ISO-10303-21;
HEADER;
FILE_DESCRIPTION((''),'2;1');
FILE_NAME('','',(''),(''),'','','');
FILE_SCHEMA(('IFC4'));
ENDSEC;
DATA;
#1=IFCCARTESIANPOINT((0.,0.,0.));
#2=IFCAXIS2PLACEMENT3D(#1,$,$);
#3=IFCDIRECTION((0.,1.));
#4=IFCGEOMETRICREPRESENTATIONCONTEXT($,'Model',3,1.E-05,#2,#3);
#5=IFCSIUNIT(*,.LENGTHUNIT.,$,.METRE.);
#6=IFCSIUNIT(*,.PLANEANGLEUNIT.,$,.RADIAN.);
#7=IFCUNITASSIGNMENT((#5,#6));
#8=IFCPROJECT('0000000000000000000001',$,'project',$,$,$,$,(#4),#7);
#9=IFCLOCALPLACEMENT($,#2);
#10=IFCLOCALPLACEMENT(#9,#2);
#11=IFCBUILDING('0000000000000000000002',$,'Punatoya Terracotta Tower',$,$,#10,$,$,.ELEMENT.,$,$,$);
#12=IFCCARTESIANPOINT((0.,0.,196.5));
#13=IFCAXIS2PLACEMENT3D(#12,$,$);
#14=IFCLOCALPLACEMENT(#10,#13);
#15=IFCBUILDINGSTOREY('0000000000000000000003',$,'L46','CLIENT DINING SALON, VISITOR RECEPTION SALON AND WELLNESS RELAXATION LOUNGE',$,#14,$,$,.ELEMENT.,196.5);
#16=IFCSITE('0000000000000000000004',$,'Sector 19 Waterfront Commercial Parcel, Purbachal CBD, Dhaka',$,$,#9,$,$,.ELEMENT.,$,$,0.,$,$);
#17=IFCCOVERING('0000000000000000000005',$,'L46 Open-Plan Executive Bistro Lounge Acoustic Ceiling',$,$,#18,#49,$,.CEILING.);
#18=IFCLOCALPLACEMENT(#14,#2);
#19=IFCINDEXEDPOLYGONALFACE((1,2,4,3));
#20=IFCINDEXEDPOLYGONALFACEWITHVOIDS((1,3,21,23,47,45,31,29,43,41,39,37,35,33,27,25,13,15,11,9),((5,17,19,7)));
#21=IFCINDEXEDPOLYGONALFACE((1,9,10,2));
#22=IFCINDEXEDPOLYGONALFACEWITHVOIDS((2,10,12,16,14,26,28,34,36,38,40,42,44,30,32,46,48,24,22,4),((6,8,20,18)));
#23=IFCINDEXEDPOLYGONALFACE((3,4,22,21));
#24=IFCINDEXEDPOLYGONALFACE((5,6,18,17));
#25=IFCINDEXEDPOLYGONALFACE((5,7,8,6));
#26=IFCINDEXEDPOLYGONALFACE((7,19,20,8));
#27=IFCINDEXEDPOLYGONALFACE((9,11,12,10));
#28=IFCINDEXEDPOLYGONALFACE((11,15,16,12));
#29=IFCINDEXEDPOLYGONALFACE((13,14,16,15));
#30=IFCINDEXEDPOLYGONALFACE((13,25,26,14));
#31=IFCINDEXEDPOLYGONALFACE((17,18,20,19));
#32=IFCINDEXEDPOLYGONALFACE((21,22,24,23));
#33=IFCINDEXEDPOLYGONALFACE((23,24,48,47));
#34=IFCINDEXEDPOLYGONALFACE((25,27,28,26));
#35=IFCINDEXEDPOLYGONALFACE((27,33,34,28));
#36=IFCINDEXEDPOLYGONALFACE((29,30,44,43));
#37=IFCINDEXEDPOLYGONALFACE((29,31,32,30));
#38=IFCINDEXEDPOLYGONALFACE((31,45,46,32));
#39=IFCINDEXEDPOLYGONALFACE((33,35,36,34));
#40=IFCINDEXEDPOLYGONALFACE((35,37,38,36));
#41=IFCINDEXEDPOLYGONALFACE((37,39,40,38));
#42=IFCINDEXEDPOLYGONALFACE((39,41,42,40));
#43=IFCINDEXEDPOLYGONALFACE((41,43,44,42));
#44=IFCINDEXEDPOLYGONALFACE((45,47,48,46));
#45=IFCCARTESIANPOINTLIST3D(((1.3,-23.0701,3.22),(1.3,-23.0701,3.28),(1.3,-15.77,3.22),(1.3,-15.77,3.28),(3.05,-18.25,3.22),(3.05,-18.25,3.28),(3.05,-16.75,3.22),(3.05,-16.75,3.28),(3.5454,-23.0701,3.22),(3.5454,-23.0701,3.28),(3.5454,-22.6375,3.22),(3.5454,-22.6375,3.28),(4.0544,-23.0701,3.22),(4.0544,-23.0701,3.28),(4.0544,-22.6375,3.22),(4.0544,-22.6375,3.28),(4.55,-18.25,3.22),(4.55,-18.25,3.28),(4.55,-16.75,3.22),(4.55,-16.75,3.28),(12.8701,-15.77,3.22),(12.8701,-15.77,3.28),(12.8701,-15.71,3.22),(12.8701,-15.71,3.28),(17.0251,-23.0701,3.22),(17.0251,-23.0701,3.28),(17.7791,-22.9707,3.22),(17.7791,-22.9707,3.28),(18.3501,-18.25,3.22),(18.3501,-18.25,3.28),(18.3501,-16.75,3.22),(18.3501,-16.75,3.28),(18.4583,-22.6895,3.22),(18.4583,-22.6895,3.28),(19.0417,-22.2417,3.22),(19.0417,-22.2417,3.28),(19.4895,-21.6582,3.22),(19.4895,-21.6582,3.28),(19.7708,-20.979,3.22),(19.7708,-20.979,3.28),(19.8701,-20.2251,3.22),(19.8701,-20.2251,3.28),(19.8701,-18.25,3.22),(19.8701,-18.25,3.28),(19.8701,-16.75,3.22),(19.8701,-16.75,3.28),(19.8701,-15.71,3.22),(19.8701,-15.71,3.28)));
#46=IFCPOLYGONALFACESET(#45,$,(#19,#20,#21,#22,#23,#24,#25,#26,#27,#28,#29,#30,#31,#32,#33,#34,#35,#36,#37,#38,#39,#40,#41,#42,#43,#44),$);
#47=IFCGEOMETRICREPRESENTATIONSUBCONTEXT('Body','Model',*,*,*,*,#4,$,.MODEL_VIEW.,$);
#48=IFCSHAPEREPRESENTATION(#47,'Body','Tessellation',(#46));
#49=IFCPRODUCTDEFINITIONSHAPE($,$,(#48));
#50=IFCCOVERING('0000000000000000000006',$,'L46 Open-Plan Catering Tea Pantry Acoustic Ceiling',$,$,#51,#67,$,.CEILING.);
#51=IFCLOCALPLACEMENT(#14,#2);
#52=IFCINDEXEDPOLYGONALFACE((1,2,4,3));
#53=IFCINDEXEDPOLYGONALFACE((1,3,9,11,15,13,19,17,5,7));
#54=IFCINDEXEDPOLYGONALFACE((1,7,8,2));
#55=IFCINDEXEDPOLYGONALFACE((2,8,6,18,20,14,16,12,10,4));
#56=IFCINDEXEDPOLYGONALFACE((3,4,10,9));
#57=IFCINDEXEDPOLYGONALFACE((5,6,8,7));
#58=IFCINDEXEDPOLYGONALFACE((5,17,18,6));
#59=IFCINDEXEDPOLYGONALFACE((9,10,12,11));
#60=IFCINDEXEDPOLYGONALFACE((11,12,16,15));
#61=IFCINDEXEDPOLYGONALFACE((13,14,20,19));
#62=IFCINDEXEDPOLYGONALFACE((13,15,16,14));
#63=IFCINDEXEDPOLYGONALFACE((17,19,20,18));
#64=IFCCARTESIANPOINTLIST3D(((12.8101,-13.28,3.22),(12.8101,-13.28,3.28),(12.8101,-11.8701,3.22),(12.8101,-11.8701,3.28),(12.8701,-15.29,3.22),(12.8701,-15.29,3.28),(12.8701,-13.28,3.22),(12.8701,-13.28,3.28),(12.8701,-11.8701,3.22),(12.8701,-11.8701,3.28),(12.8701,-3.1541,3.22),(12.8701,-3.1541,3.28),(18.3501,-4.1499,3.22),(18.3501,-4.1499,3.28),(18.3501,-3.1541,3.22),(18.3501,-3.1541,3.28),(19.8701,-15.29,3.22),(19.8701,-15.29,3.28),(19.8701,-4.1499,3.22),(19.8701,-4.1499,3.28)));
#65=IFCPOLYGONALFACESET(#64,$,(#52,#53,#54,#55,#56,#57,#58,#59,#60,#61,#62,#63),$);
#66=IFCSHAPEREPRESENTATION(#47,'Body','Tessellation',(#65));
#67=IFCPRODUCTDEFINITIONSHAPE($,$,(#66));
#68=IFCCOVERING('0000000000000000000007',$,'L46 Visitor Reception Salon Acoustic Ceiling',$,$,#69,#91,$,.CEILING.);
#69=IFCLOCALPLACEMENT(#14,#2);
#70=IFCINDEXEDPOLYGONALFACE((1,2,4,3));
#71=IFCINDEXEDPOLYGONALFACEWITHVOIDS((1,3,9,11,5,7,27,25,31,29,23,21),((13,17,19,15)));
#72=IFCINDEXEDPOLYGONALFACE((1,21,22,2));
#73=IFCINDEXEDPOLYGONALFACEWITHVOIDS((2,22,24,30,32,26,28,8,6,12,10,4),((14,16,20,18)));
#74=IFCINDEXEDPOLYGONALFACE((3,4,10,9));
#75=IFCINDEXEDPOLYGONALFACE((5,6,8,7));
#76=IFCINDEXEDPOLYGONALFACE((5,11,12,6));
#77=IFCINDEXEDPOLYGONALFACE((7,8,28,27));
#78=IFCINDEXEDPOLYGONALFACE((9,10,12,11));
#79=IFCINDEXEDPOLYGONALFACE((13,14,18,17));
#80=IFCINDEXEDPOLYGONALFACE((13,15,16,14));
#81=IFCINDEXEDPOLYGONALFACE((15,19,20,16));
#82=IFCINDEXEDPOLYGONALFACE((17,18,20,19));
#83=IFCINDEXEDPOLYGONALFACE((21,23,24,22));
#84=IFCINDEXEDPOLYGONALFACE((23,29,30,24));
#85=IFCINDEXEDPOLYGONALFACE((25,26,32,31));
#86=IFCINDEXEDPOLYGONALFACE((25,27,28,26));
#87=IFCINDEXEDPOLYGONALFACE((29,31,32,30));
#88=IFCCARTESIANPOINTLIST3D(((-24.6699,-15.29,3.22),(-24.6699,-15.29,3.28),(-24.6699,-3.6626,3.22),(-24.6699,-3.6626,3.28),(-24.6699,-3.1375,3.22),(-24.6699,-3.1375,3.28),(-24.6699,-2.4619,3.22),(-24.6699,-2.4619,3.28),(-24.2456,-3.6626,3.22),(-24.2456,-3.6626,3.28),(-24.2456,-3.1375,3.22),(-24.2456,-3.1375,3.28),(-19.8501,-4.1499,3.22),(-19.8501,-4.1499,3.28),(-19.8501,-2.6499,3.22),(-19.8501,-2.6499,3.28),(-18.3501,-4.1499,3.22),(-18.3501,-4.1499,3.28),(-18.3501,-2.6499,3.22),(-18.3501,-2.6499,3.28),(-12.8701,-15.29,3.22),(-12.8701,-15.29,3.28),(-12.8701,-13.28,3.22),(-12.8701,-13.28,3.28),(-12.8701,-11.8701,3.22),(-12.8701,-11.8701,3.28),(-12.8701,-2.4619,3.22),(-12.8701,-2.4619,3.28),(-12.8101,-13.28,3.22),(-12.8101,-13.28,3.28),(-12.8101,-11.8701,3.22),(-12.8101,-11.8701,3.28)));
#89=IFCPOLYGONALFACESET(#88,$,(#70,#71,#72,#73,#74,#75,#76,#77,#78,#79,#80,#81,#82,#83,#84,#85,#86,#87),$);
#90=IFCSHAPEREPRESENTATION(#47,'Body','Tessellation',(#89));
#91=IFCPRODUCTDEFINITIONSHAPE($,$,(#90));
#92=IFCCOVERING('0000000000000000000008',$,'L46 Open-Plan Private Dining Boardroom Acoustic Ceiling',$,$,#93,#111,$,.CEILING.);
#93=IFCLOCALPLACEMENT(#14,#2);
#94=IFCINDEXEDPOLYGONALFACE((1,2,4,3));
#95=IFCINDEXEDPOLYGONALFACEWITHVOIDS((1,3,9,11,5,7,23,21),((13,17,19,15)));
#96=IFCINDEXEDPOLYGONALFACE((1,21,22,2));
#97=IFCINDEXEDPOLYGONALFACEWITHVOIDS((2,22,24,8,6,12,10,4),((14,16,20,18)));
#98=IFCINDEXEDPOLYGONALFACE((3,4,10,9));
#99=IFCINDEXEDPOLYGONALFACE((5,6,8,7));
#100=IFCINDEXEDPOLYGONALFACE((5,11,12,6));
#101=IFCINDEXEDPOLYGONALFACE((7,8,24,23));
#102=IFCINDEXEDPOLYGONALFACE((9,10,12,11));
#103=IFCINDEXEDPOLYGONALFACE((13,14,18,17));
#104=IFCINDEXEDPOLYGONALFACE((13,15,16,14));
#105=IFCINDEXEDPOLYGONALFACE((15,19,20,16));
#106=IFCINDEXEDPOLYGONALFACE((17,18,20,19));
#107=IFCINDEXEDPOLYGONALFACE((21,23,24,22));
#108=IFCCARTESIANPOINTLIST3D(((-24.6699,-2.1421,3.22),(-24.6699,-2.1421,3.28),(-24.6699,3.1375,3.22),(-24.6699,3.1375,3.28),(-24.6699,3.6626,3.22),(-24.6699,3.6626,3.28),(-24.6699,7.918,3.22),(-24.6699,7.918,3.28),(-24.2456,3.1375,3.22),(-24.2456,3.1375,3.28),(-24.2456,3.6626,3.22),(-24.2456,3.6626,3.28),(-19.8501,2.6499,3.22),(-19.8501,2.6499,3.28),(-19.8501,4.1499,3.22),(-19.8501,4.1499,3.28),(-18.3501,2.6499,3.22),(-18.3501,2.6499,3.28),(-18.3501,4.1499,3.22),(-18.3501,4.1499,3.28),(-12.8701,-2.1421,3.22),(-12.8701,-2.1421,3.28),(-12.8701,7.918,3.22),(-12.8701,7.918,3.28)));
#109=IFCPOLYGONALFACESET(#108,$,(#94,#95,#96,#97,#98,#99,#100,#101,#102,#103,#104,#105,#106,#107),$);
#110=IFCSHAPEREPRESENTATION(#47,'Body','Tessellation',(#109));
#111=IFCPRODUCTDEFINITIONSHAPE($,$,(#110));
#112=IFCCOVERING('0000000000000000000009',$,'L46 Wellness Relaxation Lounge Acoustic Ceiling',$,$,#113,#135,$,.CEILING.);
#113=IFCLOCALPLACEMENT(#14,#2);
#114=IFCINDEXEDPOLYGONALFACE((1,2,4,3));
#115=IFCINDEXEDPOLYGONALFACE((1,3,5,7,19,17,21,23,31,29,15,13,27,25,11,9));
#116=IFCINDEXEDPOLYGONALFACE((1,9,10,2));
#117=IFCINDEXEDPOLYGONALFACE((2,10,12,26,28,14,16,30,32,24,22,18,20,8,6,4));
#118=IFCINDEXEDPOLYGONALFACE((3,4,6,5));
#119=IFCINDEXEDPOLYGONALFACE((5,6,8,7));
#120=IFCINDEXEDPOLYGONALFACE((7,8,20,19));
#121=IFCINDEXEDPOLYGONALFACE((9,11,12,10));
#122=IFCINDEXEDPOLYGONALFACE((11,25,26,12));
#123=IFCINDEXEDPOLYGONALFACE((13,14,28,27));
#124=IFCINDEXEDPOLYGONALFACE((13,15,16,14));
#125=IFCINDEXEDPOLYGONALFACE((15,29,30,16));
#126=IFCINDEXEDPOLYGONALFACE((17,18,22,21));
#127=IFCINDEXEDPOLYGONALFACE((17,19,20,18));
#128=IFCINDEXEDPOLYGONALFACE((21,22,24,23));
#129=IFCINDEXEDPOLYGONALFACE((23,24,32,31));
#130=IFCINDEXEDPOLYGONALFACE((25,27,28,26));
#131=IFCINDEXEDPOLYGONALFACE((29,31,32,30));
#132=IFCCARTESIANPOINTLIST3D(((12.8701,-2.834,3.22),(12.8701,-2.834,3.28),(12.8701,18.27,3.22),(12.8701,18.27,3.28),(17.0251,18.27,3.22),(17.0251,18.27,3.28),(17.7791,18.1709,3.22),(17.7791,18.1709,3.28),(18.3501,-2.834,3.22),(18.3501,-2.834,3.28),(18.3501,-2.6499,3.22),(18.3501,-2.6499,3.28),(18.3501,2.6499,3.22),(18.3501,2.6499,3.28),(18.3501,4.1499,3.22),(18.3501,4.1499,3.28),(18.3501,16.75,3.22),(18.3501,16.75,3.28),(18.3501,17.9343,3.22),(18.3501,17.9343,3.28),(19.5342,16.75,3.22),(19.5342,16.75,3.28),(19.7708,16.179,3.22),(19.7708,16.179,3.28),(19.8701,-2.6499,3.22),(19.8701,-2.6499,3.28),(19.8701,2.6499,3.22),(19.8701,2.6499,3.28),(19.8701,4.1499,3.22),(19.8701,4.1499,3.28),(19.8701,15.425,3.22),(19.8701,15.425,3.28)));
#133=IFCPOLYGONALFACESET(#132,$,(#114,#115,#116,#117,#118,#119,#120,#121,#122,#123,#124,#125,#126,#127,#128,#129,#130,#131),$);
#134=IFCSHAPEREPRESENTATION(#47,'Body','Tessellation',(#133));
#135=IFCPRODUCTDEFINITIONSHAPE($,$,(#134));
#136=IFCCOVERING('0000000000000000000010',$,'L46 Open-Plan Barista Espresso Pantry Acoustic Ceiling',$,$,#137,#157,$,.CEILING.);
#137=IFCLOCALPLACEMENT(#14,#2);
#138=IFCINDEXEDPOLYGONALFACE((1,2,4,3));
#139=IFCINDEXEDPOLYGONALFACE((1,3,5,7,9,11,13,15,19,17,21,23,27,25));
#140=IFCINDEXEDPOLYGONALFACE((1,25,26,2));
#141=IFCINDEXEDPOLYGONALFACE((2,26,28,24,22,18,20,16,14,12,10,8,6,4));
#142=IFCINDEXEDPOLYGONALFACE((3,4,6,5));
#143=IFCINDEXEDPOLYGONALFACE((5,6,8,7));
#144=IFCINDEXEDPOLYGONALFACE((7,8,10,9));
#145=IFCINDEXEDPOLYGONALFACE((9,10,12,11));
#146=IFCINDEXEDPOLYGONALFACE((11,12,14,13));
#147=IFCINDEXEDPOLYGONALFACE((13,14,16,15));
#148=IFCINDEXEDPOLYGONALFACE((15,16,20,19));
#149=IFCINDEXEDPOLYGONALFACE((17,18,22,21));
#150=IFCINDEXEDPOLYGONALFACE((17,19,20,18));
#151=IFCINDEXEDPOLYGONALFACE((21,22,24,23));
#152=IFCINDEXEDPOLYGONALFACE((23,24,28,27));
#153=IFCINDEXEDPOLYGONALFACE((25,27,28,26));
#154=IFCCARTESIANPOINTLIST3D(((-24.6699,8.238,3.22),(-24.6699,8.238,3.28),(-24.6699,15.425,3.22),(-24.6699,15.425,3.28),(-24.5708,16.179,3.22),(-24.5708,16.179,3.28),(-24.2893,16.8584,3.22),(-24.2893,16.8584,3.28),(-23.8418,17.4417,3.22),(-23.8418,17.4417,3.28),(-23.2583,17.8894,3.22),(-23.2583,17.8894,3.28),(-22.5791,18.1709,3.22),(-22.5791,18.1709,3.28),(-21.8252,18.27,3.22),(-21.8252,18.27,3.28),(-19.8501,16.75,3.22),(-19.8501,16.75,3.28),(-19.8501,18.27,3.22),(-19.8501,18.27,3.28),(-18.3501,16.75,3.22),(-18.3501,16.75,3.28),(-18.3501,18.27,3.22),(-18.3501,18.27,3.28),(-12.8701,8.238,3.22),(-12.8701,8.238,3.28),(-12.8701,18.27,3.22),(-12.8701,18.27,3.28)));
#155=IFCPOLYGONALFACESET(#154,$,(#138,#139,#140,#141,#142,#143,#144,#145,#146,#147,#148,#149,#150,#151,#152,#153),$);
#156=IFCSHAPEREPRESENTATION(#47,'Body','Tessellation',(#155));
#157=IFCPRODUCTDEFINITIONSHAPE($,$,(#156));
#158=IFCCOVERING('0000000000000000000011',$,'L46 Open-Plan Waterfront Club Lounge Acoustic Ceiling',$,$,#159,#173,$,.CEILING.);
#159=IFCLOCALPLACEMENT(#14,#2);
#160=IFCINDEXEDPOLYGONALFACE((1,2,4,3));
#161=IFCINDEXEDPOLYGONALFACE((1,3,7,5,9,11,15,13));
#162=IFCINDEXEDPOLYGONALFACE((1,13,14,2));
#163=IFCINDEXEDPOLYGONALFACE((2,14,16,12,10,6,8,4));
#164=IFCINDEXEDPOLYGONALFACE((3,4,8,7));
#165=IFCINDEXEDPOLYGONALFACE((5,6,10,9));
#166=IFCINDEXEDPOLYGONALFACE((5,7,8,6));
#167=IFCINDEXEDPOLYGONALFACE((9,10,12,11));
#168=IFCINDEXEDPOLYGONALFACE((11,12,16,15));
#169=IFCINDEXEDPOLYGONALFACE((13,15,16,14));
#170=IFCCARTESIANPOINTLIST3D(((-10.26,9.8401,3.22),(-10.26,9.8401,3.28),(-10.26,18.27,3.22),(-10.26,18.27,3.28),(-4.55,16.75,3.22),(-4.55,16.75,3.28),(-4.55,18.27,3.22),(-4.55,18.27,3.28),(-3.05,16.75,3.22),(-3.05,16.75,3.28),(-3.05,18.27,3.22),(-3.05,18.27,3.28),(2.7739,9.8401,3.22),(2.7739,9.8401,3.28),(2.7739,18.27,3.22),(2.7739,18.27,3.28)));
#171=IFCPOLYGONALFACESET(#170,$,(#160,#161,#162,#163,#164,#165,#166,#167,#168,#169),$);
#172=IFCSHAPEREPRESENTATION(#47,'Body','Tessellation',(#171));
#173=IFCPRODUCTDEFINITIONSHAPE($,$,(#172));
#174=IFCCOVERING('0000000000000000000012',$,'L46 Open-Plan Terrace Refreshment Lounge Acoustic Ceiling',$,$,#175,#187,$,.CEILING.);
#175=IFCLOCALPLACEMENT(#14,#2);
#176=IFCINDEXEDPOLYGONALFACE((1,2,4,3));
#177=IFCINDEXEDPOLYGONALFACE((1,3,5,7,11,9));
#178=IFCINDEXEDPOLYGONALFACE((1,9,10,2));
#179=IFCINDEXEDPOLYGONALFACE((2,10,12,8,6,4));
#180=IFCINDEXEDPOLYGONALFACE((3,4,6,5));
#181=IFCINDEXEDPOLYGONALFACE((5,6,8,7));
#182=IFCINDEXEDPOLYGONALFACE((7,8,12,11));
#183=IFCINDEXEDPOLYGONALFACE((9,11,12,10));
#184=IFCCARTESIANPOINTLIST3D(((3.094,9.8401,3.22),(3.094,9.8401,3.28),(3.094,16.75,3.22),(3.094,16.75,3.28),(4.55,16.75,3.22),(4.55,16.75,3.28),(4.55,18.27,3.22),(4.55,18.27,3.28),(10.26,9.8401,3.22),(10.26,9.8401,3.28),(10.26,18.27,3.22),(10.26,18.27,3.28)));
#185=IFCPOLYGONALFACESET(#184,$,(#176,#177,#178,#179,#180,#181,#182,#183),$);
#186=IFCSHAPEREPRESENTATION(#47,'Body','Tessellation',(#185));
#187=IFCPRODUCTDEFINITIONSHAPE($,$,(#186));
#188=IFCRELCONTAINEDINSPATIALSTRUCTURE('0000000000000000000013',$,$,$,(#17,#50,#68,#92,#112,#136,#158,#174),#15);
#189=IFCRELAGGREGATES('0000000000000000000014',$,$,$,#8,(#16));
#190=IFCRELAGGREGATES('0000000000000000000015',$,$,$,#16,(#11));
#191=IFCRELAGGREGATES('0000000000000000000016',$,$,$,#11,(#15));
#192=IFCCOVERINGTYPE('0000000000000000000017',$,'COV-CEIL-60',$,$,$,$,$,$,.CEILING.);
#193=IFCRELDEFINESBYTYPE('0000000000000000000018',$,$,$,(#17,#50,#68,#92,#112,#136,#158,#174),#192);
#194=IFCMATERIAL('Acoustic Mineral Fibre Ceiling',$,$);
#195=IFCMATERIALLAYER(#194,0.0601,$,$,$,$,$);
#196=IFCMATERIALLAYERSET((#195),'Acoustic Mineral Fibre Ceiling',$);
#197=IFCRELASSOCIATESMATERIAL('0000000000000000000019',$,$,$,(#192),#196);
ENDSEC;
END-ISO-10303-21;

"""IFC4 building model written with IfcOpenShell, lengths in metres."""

from ifc_helpers import new_model, si_unit, direction, frame, origin, place, context, subcontext, project, spatial, polyline, outline, extrude, material, layer, layer_set, type_object, element, save


model = new_model("IFC4")

# Units and contexts
model_context = context("Model", 3, precision=1e-05, world=origin(), true_north=direction((0.0, 1.0)))
body_context = subcontext(model_context, "Body", "Model", "MODEL_VIEW")
ifc_project = project(units=[si_unit("LENGTHUNIT", "METRE"), si_unit("PLANEANGLEUNIT", "RADIAN")], contexts=[model_context])

# Site, building, storey
site_placement = place(None, origin())
site = spatial("IfcSite", under=ifc_project, at=site_placement, Name="Sector 19 Waterfront Commercial Parcel, Purbachal CBD, Dhaka", CompositionType="ELEMENT", RefElevation=0.0)
building_placement = place(site_placement, origin())
building = spatial("IfcBuilding", under=site, at=building_placement, Name="Punatoya Terracotta Tower", CompositionType="ELEMENT")
storey_placement = place(building_placement, frame((0.0, 0.0, 196.5)))
storey = spatial("IfcBuildingStorey", under=building, at=storey_placement, Name="L46", Description="CLIENT DINING SALON, VISITOR RECEPTION SALON AND WELLNESS RELAXATION LOUNGE", CompositionType="ELEMENT", Elevation=196.5)

# Coverings
ifc_material_1 = material(Name="Acoustic Mineral Fibre Ceiling")
ifc_layer_1 = layer(ifc_material_1, 0.0601)
ifc_layer_set_1 = layer_set([ifc_layer_1], Name="Acoustic Mineral Fibre Ceiling")
covering_type = type_object("IfcCoveringType", Name="COV-CEIL-60", PredefinedType="CEILING", material=ifc_layer_set_1)
covering_1_placement = place(storey_placement, frame((0.0, 0.0, 3.22)))
element("IfcCovering", 1, at=covering_1_placement, inside=storey, type_object=covering_type, Name="L46 Open-Plan Executive Bistro Lounge Acoustic Ceiling", PredefinedType="CEILING", context=body_context, shape_type="SweptSolid", body=[
    extrude(outline(polyline([(12.8701, -15.77), (1.3, -15.77), (1.3, -23.0701), (3.5454, -23.0701), (3.5454, -22.6375), (4.0544, -22.6375), (4.0544, -23.0701), (17.0251, -23.0701), (17.7791, -22.9707), (18.4583, -22.6895), (19.0417, -22.2417), (19.4895, -21.6582), (19.7708, -20.979), (19.8701, -20.2251), (19.8701, -18.25), (18.3501, -18.25), (18.3501, -16.75), (19.8701, -16.75), (19.8701, -15.71), (12.8701, -15.71), (12.8701, -15.77)]), holes=[polyline([(4.55, -16.75), (4.55, -18.25), (3.05, -18.25), (3.05, -16.75), (4.55, -16.75)])]), origin(), (0.0, 0.0, 1.0), 0.0601),
])
covering_2_placement = place(storey_placement, frame((0.0, 0.0, 3.22)))
element("IfcCovering", 2, at=covering_2_placement, inside=storey, type_object=covering_type, Name="L46 Open-Plan Catering Tea Pantry Acoustic Ceiling", PredefinedType="CEILING", context=body_context, shape_type="SweptSolid", body=[
    extrude(outline(polyline([(12.8101, -13.28), (12.8701, -13.28), (12.8701, -15.29), (19.8701, -15.29), (19.8701, -4.1499), (18.3501, -4.1499), (18.3501, -3.1541), (12.8701, -3.1541), (12.8701, -11.8701), (12.8101, -11.8701), (12.8101, -13.28)])), origin(), (0.0, 0.0, 1.0), 0.0601),
])
covering_3_placement = place(storey_placement, frame((0.0, 0.0, 3.22)))
element("IfcCovering", 3, at=covering_3_placement, inside=storey, type_object=covering_type, Name="L46 Visitor Reception Salon Acoustic Ceiling", PredefinedType="CEILING", context=body_context, shape_type="SweptSolid", body=[
    extrude(outline(polyline([(-12.8701, -13.28), (-12.8101, -13.28), (-12.8101, -11.8701), (-12.8701, -11.8701), (-12.8701, -2.4619), (-24.6699, -2.4619), (-24.6699, -3.1375), (-24.2456, -3.1375), (-24.2456, -3.6626), (-24.6699, -3.6626), (-24.6699, -15.29), (-12.8701, -15.29), (-12.8701, -13.28)]), holes=[polyline([(-18.3501, -4.1499), (-19.8501, -4.1499), (-19.8501, -2.6499), (-18.3501, -2.6499), (-18.3501, -4.1499)])]), origin(), (0.0, 0.0, 1.0), 0.0601),
])
covering_4_placement = place(storey_placement, frame((0.0, 0.0, 3.22)))
element("IfcCovering", 4, at=covering_4_placement, inside=storey, type_object=covering_type, Name="L46 Open-Plan Private Dining Boardroom Acoustic Ceiling", PredefinedType="CEILING", context=body_context, shape_type="SweptSolid", body=[
    extrude(outline(polyline([(-24.6699, 3.1375), (-24.6699, -2.1421), (-12.8701, -2.1421), (-12.8701, 7.918), (-24.6699, 7.918), (-24.6699, 3.6626), (-24.2456, 3.6626), (-24.2456, 3.1375), (-24.6699, 3.1375)]), holes=[polyline([(-18.3501, 4.1499), (-18.3501, 2.6499), (-19.8501, 2.6499), (-19.8501, 4.1499), (-18.3501, 4.1499)])]), origin(), (0.0, 0.0, 1.0), 0.0601),
])
covering_5_placement = place(storey_placement, frame((0.0, 0.0, 3.22)))
element("IfcCovering", 5, at=covering_5_placement, inside=storey, type_object=covering_type, Name="L46 Wellness Relaxation Lounge Acoustic Ceiling", PredefinedType="CEILING", context=body_context, shape_type="SweptSolid", body=[
    extrude(outline(polyline([(18.3501, 4.1499), (19.8701, 4.1499), (19.8701, 15.425), (19.7708, 16.179), (19.5342, 16.75), (18.3501, 16.75), (18.3501, 17.9343), (17.7791, 18.1709), (17.0251, 18.27), (12.8701, 18.27), (12.8701, -2.834), (18.3501, -2.834), (18.3501, -2.6499), (19.8701, -2.6499), (19.8701, 2.6499), (18.3501, 2.6499), (18.3501, 4.1499)])), origin(), (0.0, 0.0, 1.0), 0.0601),
])
covering_6_placement = place(storey_placement, frame((0.0, 0.0, 3.22)))
element("IfcCovering", 6, at=covering_6_placement, inside=storey, type_object=covering_type, Name="L46 Open-Plan Barista Espresso Pantry Acoustic Ceiling", PredefinedType="CEILING", context=body_context, shape_type="SweptSolid", body=[
    extrude(outline(polyline([(-24.6699, 15.425), (-24.6699, 8.238), (-12.8701, 8.238), (-12.8701, 18.27), (-18.3501, 18.27), (-18.3501, 16.75), (-19.8501, 16.75), (-19.8501, 18.27), (-21.8252, 18.27), (-22.5791, 18.1709), (-23.2583, 17.8894), (-23.8418, 17.4417), (-24.2893, 16.8584), (-24.5708, 16.179), (-24.6699, 15.425)])), origin(), (0.0, 0.0, 1.0), 0.0601),
])
covering_7_placement = place(storey_placement, frame((0.0, 0.0, 3.22)))
element("IfcCovering", 7, at=covering_7_placement, inside=storey, type_object=covering_type, Name="L46 Open-Plan Waterfront Club Lounge Acoustic Ceiling", PredefinedType="CEILING", context=body_context, shape_type="SweptSolid", body=[
    extrude(outline(polyline([(-10.26, 18.27), (-10.26, 9.8401), (2.7739, 9.8401), (2.7739, 18.27), (-3.05, 18.27), (-3.05, 16.75), (-4.55, 16.75), (-4.55, 18.27), (-10.26, 18.27)])), origin(), (0.0, 0.0, 1.0), 0.0601),
])
covering_8_placement = place(storey_placement, frame((0.0, 0.0, 3.22)))
element("IfcCovering", 8, at=covering_8_placement, inside=storey, type_object=covering_type, Name="L46 Open-Plan Terrace Refreshment Lounge Acoustic Ceiling", PredefinedType="CEILING", context=body_context, shape_type="SweptSolid", body=[
    extrude(outline(polyline([(4.55, 18.27), (4.55, 16.75), (3.094, 16.75), (3.094, 9.8401), (10.26, 9.8401), (10.26, 18.27), (4.55, 18.27)])), origin(), (0.0, 0.0, 1.0), 0.0601),
])

save(model, "model.ifc")
